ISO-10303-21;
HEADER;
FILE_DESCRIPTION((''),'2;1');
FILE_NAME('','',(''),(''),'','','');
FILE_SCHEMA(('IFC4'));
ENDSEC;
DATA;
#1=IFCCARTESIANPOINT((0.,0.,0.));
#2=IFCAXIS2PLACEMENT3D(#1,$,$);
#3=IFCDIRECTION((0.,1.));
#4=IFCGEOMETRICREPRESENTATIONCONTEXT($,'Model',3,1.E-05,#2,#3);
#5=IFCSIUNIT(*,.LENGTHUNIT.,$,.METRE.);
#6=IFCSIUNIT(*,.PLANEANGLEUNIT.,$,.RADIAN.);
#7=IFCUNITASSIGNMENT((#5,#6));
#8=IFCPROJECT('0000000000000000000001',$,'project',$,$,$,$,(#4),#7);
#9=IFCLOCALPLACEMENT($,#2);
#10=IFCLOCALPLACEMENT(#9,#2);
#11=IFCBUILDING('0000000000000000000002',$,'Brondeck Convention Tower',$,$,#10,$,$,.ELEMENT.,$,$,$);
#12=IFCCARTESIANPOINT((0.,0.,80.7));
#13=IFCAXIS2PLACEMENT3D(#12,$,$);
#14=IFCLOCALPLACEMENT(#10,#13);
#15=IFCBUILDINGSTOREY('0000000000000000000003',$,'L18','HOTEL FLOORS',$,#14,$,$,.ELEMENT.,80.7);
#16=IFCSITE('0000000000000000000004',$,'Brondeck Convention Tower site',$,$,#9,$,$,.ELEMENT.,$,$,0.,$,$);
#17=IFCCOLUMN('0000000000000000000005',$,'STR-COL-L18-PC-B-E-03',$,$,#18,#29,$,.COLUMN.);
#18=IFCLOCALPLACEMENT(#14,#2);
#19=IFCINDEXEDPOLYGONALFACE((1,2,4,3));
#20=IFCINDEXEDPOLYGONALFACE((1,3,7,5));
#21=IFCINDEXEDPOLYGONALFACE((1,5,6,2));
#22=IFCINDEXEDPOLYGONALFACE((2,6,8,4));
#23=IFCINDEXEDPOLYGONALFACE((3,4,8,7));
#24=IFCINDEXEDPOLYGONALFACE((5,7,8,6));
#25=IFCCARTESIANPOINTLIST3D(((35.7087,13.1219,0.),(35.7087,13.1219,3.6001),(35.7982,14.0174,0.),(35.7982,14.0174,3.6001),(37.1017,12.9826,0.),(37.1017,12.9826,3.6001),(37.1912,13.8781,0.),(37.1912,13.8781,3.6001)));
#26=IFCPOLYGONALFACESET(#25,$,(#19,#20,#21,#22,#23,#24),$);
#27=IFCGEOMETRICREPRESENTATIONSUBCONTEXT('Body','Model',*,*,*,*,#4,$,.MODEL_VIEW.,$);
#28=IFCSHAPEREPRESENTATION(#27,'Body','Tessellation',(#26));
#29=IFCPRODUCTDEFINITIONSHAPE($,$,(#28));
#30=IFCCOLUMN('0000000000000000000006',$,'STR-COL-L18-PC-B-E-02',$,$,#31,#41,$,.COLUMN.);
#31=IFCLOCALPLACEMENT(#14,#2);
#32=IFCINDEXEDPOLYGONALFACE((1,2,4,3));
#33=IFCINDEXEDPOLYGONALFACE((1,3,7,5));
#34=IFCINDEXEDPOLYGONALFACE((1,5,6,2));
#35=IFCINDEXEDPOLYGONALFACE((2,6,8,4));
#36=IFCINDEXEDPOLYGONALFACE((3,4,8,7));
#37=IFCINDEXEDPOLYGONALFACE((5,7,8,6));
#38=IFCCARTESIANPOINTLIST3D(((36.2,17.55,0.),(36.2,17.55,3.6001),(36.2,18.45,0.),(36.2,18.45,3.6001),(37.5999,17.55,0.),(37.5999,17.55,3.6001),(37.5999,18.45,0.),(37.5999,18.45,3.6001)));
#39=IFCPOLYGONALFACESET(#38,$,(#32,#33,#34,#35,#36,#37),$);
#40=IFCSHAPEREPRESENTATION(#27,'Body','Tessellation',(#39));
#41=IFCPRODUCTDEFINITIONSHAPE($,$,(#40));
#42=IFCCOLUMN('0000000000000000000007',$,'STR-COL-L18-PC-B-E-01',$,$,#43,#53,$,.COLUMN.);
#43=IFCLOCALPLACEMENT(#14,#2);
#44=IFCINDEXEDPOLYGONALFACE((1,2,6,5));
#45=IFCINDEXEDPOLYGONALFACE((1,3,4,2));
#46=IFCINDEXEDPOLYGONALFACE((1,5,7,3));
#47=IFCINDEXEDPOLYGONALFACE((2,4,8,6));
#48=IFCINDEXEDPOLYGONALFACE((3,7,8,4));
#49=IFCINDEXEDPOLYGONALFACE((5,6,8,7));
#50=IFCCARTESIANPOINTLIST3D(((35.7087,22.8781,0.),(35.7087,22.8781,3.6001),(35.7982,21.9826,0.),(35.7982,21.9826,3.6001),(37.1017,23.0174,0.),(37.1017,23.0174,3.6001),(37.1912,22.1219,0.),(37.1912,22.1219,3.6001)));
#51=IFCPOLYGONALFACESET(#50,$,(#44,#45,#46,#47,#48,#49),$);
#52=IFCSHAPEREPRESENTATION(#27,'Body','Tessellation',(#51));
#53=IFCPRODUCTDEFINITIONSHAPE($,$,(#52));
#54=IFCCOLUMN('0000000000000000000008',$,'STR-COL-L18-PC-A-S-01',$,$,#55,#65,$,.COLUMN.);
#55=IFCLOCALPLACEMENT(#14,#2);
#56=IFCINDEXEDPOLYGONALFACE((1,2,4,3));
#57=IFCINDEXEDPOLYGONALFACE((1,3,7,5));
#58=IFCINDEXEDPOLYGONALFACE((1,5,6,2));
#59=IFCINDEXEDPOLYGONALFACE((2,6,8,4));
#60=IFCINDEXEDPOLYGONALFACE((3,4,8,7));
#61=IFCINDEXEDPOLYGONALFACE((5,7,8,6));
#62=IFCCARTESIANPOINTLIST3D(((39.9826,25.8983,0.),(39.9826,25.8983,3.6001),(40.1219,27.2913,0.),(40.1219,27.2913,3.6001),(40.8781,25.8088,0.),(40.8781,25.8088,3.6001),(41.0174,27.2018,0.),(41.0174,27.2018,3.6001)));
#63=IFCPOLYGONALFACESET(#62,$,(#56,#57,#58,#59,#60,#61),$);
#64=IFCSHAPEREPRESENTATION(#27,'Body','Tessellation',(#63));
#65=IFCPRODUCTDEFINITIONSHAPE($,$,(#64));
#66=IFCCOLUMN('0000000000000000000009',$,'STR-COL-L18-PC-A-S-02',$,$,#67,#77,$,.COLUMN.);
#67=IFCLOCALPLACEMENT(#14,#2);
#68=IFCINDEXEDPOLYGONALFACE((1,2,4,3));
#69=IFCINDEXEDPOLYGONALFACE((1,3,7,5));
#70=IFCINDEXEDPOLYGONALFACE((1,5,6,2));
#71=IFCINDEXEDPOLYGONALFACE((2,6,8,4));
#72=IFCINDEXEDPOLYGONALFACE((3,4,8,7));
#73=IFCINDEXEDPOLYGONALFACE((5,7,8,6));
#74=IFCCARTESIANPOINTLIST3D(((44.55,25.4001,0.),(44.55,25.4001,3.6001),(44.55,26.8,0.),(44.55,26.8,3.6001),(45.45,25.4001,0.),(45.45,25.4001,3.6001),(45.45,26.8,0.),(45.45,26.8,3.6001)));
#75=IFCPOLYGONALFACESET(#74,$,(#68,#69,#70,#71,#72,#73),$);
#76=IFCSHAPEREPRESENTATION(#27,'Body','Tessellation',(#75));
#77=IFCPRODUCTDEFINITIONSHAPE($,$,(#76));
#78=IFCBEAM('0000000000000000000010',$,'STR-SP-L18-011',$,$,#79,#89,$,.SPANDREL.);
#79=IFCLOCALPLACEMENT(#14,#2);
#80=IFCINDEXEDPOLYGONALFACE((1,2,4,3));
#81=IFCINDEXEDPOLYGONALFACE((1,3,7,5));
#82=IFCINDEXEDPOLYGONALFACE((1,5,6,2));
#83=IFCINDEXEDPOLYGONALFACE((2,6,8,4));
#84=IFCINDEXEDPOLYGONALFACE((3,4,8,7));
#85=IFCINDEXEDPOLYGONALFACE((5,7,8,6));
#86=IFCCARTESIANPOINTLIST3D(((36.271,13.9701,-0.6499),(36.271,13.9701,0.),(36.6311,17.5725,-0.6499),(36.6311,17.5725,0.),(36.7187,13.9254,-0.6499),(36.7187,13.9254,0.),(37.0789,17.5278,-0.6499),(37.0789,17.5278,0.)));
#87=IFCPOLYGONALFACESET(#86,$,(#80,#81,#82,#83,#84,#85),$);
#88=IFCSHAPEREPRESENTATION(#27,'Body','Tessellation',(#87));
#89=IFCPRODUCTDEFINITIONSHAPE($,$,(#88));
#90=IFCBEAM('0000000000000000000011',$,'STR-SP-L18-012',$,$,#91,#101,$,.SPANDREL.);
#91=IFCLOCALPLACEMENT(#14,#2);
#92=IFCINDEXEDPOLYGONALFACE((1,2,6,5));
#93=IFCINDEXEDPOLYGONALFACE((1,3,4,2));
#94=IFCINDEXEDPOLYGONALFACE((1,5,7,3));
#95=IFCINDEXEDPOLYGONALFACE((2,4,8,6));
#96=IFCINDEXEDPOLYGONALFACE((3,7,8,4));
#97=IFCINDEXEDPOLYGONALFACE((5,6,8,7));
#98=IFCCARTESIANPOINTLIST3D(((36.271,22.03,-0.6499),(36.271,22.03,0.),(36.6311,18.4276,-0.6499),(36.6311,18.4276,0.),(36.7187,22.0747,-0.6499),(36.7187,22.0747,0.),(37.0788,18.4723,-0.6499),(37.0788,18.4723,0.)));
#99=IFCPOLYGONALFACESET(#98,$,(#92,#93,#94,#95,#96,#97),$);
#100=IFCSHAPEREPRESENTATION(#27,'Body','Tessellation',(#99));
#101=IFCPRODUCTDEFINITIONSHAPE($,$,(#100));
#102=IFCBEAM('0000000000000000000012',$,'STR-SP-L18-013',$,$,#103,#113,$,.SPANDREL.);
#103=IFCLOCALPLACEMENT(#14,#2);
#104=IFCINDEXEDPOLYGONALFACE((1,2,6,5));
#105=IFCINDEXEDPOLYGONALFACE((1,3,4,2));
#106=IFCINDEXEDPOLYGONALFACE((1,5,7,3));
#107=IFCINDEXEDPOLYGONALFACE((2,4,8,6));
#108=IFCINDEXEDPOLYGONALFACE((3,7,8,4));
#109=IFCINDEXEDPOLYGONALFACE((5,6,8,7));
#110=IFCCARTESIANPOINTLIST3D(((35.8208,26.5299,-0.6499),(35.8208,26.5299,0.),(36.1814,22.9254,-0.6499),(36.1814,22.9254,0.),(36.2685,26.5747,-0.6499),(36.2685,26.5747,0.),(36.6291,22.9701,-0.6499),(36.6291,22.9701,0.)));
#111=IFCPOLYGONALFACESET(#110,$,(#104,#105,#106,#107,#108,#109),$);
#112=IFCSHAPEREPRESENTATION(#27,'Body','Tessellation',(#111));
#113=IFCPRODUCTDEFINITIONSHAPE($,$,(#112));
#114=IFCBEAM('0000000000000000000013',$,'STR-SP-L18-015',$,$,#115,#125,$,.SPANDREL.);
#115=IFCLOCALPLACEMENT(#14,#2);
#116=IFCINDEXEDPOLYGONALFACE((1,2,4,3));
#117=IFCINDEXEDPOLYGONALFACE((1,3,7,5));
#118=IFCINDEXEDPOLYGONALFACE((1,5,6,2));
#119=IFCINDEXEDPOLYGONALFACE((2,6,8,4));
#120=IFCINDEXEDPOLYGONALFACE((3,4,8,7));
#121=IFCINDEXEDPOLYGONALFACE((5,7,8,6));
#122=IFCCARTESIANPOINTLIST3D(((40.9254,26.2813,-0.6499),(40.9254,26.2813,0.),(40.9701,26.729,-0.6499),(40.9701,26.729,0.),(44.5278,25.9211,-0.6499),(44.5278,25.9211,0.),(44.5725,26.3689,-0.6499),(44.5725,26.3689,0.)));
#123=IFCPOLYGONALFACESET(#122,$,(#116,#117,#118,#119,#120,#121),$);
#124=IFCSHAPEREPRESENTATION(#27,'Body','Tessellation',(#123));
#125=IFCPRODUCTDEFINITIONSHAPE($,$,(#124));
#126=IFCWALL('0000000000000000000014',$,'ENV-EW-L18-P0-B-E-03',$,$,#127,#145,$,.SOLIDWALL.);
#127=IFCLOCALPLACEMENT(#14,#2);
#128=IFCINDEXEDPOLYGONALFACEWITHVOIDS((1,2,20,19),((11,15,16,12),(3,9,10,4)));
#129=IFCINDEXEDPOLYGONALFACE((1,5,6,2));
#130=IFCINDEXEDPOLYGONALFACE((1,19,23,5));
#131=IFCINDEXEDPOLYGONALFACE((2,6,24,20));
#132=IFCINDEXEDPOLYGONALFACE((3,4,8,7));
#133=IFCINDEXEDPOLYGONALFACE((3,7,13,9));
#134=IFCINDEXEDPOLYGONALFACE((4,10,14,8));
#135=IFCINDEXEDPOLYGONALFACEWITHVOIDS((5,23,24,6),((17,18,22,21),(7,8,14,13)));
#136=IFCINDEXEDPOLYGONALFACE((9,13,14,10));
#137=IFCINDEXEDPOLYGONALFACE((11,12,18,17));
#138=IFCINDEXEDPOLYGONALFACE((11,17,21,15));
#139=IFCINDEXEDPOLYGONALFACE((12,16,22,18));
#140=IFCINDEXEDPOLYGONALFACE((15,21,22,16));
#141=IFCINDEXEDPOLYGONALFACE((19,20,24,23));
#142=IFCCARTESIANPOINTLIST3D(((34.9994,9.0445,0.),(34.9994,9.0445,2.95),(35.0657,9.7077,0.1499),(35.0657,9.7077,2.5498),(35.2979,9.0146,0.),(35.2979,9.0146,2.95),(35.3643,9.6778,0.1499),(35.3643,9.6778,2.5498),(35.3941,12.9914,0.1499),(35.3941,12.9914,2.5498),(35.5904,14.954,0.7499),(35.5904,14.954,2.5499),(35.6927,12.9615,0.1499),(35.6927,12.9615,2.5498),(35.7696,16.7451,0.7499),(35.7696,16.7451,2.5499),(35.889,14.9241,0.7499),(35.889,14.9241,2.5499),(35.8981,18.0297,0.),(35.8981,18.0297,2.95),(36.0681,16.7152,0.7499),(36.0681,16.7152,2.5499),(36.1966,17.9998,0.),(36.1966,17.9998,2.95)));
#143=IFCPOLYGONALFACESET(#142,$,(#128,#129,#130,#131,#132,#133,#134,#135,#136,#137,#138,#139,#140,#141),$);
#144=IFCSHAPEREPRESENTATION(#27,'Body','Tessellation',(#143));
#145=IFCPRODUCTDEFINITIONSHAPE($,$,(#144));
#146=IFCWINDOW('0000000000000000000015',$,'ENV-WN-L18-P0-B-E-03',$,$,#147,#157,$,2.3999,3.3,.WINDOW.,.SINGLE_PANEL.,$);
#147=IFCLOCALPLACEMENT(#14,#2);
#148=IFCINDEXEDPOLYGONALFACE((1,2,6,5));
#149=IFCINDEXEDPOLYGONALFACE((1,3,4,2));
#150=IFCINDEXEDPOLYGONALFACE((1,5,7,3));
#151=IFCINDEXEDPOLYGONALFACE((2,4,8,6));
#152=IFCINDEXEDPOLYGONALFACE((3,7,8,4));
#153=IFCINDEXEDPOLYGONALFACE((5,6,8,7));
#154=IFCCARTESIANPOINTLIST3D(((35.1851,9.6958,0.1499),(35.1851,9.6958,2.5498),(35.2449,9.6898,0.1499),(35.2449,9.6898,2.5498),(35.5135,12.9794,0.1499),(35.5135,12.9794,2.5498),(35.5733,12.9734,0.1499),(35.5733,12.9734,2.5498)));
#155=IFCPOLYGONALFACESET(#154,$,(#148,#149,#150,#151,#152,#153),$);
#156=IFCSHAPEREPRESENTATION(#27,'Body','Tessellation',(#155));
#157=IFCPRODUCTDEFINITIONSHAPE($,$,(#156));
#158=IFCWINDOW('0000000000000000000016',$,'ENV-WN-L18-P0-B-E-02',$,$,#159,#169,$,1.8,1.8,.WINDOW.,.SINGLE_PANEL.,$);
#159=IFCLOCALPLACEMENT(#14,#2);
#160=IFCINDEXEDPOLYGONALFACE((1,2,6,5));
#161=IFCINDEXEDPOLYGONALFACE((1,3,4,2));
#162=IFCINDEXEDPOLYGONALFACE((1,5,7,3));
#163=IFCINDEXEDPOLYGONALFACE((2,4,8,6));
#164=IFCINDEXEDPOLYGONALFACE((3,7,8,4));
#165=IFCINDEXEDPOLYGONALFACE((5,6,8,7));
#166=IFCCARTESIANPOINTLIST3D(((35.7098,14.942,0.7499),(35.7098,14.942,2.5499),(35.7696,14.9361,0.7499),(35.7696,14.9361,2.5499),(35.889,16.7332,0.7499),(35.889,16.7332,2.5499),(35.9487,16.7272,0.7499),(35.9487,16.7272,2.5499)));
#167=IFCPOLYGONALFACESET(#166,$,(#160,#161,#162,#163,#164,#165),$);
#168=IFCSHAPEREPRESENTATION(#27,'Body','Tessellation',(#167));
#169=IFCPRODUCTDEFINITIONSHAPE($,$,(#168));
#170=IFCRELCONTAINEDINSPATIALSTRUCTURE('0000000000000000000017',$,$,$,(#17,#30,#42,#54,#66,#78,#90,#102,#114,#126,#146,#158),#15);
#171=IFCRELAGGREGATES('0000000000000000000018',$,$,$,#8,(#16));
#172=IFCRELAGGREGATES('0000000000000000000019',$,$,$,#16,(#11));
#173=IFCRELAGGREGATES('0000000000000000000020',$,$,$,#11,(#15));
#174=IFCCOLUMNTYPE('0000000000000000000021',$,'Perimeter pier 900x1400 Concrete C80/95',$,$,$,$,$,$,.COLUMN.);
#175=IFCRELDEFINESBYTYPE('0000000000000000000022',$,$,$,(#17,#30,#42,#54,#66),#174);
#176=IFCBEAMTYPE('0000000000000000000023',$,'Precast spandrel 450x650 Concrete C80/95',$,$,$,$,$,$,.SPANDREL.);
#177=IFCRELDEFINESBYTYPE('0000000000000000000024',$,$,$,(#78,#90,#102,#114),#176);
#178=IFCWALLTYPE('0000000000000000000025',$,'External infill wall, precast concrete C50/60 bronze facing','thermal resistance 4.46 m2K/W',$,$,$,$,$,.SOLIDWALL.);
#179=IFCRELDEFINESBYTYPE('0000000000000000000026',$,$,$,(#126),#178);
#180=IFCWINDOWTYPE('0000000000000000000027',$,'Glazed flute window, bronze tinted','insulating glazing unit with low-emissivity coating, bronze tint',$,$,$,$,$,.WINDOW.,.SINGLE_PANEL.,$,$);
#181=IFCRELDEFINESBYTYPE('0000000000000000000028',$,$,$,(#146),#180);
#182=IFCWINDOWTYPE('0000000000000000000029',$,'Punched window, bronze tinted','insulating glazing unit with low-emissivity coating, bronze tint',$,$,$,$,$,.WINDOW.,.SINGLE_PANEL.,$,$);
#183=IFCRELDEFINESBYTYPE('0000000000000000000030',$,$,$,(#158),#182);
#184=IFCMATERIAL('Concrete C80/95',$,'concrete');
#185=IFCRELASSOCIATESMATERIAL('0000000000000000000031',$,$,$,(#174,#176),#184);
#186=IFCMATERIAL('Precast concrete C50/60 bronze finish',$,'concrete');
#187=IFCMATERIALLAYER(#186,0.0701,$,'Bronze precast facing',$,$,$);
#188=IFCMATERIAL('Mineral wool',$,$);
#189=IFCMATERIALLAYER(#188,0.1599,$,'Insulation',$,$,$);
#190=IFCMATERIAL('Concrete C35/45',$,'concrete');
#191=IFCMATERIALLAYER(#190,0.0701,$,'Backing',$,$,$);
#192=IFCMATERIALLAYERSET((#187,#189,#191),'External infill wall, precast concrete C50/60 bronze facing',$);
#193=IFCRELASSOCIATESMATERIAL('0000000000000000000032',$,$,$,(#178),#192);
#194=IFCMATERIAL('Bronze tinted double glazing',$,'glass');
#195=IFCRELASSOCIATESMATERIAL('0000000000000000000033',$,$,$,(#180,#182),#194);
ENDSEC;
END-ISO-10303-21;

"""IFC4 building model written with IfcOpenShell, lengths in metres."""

from ifc_helpers import new_model, si_unit, direction, frame, frame_2d, origin, origin_2d, place, context, subcontext, project, spatial, rectangle, extrude, material, layer, layer_set, material_profile, profile_set, type_object, element, fill, save


model = new_model("IFC4")

# Units and contexts
model_context = context("Model", 3, precision=1e-05, world=origin(), true_north=direction((0.0, 1.0)))
body_context = subcontext(model_context, "Body", "Model", "MODEL_VIEW")
ifc_project = project(units=[si_unit("LENGTHUNIT", "METRE"), si_unit("PLANEANGLEUNIT", "RADIAN")], contexts=[model_context])

# Site, building, storey
site_placement = place(None, origin())
site = spatial("IfcSite", under=ifc_project, at=site_placement, Name="Brondeck Convention Tower site", CompositionType="ELEMENT", RefElevation=0.0)
building_placement = place(site_placement, origin())
building = spatial("IfcBuilding", under=site, at=building_placement, Name="Brondeck Convention Tower", CompositionType="ELEMENT")
storey_placement = place(building_placement, frame((0.0, 0.0, 80.7)))
storey = spatial("IfcBuildingStorey", under=building, at=storey_placement, Name="L18", Description="HOTEL FLOORS", CompositionType="ELEMENT", Elevation=80.7)

# Columns
ifc_material_1 = material(Name="Concrete C80/95", Category="concrete")
ifc_material_profile_1 = material_profile(ifc_material_1, rectangle(XDim=0.8999, YDim=1.3999, at=origin_2d()), Name="Perimeter pier 900x1400 Concrete C80/95")
ifc_profile_set_1 = profile_set([ifc_material_profile_1], Name="Concrete C80/95")
column_type = type_object("IfcColumnType", Name="Perimeter pier 900x1400 Concrete C80/95", PredefinedType="COLUMN", material=ifc_profile_set_1)
for number, where, z_axis, x_axis, name in (
    (1, (36.45, 13.5, 0.0), (0.0, 0.0, 1.0), (0.099504, 0.995037, 0.0), "STR-COL-L18-PC-B-E-03"),
    (2, (36.8999, 18.0, 0.0), (0.0, 0.0, 1.0), (0.0, 1.0, 0.0), "STR-COL-L18-PC-B-E-02"),
    (3, (36.45, 22.5, 0.0), (0.0, 0.0, 1.0), (-0.099504, 0.995037, 0.0), "STR-COL-L18-PC-B-E-01"),
    (4, (40.5, 26.55, 0.0), (0.0, 0.0, 1.0), (0.995037, -0.099504, 0.0), "STR-COL-L18-PC-A-S-01"),
    (5, (45.0, 26.1001, 0.0), (0.0, 0.0, 1.0), (1.0, 0.0, 0.0), "STR-COL-L18-PC-A-S-02"),
):
    element("IfcColumn", number, at=place(storey_placement, frame(where, z_axis=z_axis, x_axis=x_axis)), inside=storey, type_object=column_type, Name=name, PredefinedType="COLUMN", context=body_context, shape_type="SweptSolid", body=[
        extrude(rectangle(XDim=0.8999, YDim=1.3999, at=origin_2d()), origin(), (0.0, 0.0, 1.0), 3.6001),
    ])

# Beams
ifc_material_profile_2 = material_profile(ifc_material_1, rectangle(XDim=0.45, YDim=0.6499, at=origin_2d()), Name="Precast spandrel 450x650 Concrete C80/95")
ifc_profile_set_2 = profile_set([ifc_material_profile_2], Name="Concrete C80/95")
beam_type = type_object("IfcBeamType", Name="Precast spandrel 450x650 Concrete C80/95", PredefinedType="SPANDREL", material=ifc_profile_set_2)
for number, where, z_axis, x_axis, name in (
    (6, (36.4949, 13.9478, -0.325), (0.09947, 0.995041, 0.0), (-0.995041, 0.09947, 0.0), "STR-SP-L18-011"),
    (7, (36.855, 18.45, -0.325), (-0.09947, 0.995041, 0.0), (-0.995041, -0.09947, 0.0), "STR-SP-L18-012"),
):
    element("IfcBeam", number, at=place(storey_placement, frame(where, z_axis=z_axis, x_axis=x_axis)), inside=storey, type_object=beam_type, Name=name, PredefinedType="SPANDREL", context=body_context, shape_type="SweptSolid", body=[
        extrude(rectangle(XDim=0.45, YDim=0.6499, at=origin_2d()), origin(), (0.0, 0.0, 1.0), 3.6204),
    ])
beam_1_placement = place(storey_placement, frame((36.4053, 22.9478, -0.325), z_axis=(-0.099544, 0.995033, 0.0), x_axis=(-0.995033, -0.099544, 0.0)))
element("IfcBeam", 8, at=beam_1_placement, inside=storey, type_object=beam_type, Name="STR-SP-L18-013", PredefinedType="SPANDREL", context=body_context, shape_type="SweptSolid", body=[
    extrude(rectangle(XDim=0.45, YDim=0.6499, at=origin_2d()), origin(), (0.0, 0.0, 1.0), 3.6226),
])
beam_2_placement = place(storey_placement, frame((40.9478, 26.5051, -0.325), z_axis=(0.995041, -0.09947, 0.0), x_axis=(0.09947, 0.995041, 0.0)))
element("IfcBeam", 9, at=beam_2_placement, inside=storey, type_object=beam_type, Name="STR-SP-L18-015", PredefinedType="SPANDREL", context=body_context, shape_type="SweptSolid", body=[
    extrude(rectangle(XDim=0.45, YDim=0.6499, at=origin_2d()), origin(), (0.0, 0.0, 1.0), 3.6204),
])

# Wall, openings, windows
ifc_material_2 = material(Name="Precast concrete C50/60 bronze finish", Category="concrete")
ifc_layer_1 = layer(ifc_material_2, 0.0701, Name="Bronze precast facing")
ifc_material_3 = material(Name="Mineral wool")
ifc_layer_2 = layer(ifc_material_3, 0.1599, Name="Insulation")
ifc_material_4 = material(Name="Concrete C35/45", Category="concrete")
ifc_layer_3 = layer(ifc_material_4, 0.0701, Name="Backing")
ifc_layer_set_1 = layer_set([ifc_layer_1, ifc_layer_2, ifc_layer_3], Name="External infill wall, precast concrete C50/60 bronze facing")
wall_type_1 = type_object("IfcWallType", Name="External infill wall, precast concrete C50/60 bronze facing", Description="thermal resistance 4.46 m2K/W", PredefinedType="SOLIDWALL", material=ifc_layer_set_1)
wall_1_placement = place(storey_placement, frame((36.0474, 18.0149, 0.0), z_axis=(0.0, 0.0, 1.0), x_axis=(-0.099522, -0.995035, 0.0)))
wall_1 = element("IfcWall", 10, at=wall_1_placement, inside=storey, type_object=wall_type_1, Name="ENV-EW-L18-P0-B-E-03", PredefinedType="SOLIDWALL", context=body_context, shape_type="SweptSolid", body=[
    extrude(rectangle(XDim=9.03, YDim=0.3, at=frame_2d((4.5151, 0.0))), origin(), (0.0, 0.0, 1.0), 2.95),
])
opening_1_placement = place(wall_1_placement, frame((1.2913, 0.0, 0.75)))
opening_1 = element("IfcOpeningElement", 11, at=opening_1_placement, cuts=wall_1, PredefinedType="OPENING", context=body_context, shape_type="SweptSolid", body=[
    extrude(rectangle(XDim=1.8, YDim=1.8, at=frame_2d((0.8999, 0.8999))), frame((0.0, 0.1599, 0.0), z_axis=(0.0, -1.0, 0.0), x_axis=(1.0, 0.0, 0.0)), (0.0, 0.0, 1.0), 0.3201),
])
opening_2_placement = place(wall_1_placement, frame((5.0637, 0.0, 0.1499)))
opening_2 = element("IfcOpeningElement", 12, at=opening_2_placement, cuts=wall_1, PredefinedType="OPENING", context=body_context, shape_type="SweptSolid", body=[
    extrude(rectangle(XDim=3.3, YDim=2.3999, at=frame_2d((1.6499, 1.2))), frame((0.0, 0.1599, 0.0), z_axis=(0.0, -1.0, 0.0), x_axis=(1.0, 0.0, 0.0)), (0.0, 0.0, 1.0), 0.3201),
])
ifc_material_5 = material(Name="Bronze tinted double glazing", Category="glass")
window_type_1 = type_object("IfcWindowType", Name="Glazed flute window, bronze tinted", Description="insulating glazing unit with low-emissivity coating, bronze tint", PartitioningType="SINGLE_PANEL", PredefinedType="WINDOW", material=ifc_material_5)
window_1_placement = place(opening_2_placement, origin())
window_1 = element("IfcWindow", 13, at=window_1_placement, inside=storey, type_object=window_type_1, Name="ENV-WN-L18-P0-B-E-03", OverallHeight=2.3999, OverallWidth=3.3, PartitioningType="SINGLE_PANEL", PredefinedType="WINDOW", context=body_context, shape_type="SweptSolid", body=[
    extrude(rectangle(XDim=3.3, YDim=2.3999, at=frame_2d((1.6499, 1.2))), frame((0.0, 0.03, 0.0), z_axis=(0.0, -1.0, 0.0), x_axis=(1.0, 0.0, 0.0)), (0.0, 0.0, 1.0), 0.0601),
])
fill(opening_2, window_1)
window_type_2 = type_object("IfcWindowType", Name="Punched window, bronze tinted", Description="insulating glazing unit with low-emissivity coating, bronze tint", PartitioningType="SINGLE_PANEL", PredefinedType="WINDOW", material=ifc_material_5)
window_2_placement = place(opening_1_placement, origin())
window_2 = element("IfcWindow", 14, at=window_2_placement, inside=storey, type_object=window_type_2, Name="ENV-WN-L18-P0-B-E-02", OverallHeight=1.8, OverallWidth=1.8, PartitioningType="SINGLE_PANEL", PredefinedType="WINDOW", context=body_context, shape_type="SweptSolid", body=[
    extrude(rectangle(XDim=1.8, YDim=1.8, at=frame_2d((0.8999, 0.8999))), frame((0.0, 0.03, 0.0), z_axis=(0.0, -1.0, 0.0), x_axis=(1.0, 0.0, 0.0)), (0.0, 0.0, 1.0), 0.0601),
])
fill(opening_1, window_2)

save(model, "model.ifc")
